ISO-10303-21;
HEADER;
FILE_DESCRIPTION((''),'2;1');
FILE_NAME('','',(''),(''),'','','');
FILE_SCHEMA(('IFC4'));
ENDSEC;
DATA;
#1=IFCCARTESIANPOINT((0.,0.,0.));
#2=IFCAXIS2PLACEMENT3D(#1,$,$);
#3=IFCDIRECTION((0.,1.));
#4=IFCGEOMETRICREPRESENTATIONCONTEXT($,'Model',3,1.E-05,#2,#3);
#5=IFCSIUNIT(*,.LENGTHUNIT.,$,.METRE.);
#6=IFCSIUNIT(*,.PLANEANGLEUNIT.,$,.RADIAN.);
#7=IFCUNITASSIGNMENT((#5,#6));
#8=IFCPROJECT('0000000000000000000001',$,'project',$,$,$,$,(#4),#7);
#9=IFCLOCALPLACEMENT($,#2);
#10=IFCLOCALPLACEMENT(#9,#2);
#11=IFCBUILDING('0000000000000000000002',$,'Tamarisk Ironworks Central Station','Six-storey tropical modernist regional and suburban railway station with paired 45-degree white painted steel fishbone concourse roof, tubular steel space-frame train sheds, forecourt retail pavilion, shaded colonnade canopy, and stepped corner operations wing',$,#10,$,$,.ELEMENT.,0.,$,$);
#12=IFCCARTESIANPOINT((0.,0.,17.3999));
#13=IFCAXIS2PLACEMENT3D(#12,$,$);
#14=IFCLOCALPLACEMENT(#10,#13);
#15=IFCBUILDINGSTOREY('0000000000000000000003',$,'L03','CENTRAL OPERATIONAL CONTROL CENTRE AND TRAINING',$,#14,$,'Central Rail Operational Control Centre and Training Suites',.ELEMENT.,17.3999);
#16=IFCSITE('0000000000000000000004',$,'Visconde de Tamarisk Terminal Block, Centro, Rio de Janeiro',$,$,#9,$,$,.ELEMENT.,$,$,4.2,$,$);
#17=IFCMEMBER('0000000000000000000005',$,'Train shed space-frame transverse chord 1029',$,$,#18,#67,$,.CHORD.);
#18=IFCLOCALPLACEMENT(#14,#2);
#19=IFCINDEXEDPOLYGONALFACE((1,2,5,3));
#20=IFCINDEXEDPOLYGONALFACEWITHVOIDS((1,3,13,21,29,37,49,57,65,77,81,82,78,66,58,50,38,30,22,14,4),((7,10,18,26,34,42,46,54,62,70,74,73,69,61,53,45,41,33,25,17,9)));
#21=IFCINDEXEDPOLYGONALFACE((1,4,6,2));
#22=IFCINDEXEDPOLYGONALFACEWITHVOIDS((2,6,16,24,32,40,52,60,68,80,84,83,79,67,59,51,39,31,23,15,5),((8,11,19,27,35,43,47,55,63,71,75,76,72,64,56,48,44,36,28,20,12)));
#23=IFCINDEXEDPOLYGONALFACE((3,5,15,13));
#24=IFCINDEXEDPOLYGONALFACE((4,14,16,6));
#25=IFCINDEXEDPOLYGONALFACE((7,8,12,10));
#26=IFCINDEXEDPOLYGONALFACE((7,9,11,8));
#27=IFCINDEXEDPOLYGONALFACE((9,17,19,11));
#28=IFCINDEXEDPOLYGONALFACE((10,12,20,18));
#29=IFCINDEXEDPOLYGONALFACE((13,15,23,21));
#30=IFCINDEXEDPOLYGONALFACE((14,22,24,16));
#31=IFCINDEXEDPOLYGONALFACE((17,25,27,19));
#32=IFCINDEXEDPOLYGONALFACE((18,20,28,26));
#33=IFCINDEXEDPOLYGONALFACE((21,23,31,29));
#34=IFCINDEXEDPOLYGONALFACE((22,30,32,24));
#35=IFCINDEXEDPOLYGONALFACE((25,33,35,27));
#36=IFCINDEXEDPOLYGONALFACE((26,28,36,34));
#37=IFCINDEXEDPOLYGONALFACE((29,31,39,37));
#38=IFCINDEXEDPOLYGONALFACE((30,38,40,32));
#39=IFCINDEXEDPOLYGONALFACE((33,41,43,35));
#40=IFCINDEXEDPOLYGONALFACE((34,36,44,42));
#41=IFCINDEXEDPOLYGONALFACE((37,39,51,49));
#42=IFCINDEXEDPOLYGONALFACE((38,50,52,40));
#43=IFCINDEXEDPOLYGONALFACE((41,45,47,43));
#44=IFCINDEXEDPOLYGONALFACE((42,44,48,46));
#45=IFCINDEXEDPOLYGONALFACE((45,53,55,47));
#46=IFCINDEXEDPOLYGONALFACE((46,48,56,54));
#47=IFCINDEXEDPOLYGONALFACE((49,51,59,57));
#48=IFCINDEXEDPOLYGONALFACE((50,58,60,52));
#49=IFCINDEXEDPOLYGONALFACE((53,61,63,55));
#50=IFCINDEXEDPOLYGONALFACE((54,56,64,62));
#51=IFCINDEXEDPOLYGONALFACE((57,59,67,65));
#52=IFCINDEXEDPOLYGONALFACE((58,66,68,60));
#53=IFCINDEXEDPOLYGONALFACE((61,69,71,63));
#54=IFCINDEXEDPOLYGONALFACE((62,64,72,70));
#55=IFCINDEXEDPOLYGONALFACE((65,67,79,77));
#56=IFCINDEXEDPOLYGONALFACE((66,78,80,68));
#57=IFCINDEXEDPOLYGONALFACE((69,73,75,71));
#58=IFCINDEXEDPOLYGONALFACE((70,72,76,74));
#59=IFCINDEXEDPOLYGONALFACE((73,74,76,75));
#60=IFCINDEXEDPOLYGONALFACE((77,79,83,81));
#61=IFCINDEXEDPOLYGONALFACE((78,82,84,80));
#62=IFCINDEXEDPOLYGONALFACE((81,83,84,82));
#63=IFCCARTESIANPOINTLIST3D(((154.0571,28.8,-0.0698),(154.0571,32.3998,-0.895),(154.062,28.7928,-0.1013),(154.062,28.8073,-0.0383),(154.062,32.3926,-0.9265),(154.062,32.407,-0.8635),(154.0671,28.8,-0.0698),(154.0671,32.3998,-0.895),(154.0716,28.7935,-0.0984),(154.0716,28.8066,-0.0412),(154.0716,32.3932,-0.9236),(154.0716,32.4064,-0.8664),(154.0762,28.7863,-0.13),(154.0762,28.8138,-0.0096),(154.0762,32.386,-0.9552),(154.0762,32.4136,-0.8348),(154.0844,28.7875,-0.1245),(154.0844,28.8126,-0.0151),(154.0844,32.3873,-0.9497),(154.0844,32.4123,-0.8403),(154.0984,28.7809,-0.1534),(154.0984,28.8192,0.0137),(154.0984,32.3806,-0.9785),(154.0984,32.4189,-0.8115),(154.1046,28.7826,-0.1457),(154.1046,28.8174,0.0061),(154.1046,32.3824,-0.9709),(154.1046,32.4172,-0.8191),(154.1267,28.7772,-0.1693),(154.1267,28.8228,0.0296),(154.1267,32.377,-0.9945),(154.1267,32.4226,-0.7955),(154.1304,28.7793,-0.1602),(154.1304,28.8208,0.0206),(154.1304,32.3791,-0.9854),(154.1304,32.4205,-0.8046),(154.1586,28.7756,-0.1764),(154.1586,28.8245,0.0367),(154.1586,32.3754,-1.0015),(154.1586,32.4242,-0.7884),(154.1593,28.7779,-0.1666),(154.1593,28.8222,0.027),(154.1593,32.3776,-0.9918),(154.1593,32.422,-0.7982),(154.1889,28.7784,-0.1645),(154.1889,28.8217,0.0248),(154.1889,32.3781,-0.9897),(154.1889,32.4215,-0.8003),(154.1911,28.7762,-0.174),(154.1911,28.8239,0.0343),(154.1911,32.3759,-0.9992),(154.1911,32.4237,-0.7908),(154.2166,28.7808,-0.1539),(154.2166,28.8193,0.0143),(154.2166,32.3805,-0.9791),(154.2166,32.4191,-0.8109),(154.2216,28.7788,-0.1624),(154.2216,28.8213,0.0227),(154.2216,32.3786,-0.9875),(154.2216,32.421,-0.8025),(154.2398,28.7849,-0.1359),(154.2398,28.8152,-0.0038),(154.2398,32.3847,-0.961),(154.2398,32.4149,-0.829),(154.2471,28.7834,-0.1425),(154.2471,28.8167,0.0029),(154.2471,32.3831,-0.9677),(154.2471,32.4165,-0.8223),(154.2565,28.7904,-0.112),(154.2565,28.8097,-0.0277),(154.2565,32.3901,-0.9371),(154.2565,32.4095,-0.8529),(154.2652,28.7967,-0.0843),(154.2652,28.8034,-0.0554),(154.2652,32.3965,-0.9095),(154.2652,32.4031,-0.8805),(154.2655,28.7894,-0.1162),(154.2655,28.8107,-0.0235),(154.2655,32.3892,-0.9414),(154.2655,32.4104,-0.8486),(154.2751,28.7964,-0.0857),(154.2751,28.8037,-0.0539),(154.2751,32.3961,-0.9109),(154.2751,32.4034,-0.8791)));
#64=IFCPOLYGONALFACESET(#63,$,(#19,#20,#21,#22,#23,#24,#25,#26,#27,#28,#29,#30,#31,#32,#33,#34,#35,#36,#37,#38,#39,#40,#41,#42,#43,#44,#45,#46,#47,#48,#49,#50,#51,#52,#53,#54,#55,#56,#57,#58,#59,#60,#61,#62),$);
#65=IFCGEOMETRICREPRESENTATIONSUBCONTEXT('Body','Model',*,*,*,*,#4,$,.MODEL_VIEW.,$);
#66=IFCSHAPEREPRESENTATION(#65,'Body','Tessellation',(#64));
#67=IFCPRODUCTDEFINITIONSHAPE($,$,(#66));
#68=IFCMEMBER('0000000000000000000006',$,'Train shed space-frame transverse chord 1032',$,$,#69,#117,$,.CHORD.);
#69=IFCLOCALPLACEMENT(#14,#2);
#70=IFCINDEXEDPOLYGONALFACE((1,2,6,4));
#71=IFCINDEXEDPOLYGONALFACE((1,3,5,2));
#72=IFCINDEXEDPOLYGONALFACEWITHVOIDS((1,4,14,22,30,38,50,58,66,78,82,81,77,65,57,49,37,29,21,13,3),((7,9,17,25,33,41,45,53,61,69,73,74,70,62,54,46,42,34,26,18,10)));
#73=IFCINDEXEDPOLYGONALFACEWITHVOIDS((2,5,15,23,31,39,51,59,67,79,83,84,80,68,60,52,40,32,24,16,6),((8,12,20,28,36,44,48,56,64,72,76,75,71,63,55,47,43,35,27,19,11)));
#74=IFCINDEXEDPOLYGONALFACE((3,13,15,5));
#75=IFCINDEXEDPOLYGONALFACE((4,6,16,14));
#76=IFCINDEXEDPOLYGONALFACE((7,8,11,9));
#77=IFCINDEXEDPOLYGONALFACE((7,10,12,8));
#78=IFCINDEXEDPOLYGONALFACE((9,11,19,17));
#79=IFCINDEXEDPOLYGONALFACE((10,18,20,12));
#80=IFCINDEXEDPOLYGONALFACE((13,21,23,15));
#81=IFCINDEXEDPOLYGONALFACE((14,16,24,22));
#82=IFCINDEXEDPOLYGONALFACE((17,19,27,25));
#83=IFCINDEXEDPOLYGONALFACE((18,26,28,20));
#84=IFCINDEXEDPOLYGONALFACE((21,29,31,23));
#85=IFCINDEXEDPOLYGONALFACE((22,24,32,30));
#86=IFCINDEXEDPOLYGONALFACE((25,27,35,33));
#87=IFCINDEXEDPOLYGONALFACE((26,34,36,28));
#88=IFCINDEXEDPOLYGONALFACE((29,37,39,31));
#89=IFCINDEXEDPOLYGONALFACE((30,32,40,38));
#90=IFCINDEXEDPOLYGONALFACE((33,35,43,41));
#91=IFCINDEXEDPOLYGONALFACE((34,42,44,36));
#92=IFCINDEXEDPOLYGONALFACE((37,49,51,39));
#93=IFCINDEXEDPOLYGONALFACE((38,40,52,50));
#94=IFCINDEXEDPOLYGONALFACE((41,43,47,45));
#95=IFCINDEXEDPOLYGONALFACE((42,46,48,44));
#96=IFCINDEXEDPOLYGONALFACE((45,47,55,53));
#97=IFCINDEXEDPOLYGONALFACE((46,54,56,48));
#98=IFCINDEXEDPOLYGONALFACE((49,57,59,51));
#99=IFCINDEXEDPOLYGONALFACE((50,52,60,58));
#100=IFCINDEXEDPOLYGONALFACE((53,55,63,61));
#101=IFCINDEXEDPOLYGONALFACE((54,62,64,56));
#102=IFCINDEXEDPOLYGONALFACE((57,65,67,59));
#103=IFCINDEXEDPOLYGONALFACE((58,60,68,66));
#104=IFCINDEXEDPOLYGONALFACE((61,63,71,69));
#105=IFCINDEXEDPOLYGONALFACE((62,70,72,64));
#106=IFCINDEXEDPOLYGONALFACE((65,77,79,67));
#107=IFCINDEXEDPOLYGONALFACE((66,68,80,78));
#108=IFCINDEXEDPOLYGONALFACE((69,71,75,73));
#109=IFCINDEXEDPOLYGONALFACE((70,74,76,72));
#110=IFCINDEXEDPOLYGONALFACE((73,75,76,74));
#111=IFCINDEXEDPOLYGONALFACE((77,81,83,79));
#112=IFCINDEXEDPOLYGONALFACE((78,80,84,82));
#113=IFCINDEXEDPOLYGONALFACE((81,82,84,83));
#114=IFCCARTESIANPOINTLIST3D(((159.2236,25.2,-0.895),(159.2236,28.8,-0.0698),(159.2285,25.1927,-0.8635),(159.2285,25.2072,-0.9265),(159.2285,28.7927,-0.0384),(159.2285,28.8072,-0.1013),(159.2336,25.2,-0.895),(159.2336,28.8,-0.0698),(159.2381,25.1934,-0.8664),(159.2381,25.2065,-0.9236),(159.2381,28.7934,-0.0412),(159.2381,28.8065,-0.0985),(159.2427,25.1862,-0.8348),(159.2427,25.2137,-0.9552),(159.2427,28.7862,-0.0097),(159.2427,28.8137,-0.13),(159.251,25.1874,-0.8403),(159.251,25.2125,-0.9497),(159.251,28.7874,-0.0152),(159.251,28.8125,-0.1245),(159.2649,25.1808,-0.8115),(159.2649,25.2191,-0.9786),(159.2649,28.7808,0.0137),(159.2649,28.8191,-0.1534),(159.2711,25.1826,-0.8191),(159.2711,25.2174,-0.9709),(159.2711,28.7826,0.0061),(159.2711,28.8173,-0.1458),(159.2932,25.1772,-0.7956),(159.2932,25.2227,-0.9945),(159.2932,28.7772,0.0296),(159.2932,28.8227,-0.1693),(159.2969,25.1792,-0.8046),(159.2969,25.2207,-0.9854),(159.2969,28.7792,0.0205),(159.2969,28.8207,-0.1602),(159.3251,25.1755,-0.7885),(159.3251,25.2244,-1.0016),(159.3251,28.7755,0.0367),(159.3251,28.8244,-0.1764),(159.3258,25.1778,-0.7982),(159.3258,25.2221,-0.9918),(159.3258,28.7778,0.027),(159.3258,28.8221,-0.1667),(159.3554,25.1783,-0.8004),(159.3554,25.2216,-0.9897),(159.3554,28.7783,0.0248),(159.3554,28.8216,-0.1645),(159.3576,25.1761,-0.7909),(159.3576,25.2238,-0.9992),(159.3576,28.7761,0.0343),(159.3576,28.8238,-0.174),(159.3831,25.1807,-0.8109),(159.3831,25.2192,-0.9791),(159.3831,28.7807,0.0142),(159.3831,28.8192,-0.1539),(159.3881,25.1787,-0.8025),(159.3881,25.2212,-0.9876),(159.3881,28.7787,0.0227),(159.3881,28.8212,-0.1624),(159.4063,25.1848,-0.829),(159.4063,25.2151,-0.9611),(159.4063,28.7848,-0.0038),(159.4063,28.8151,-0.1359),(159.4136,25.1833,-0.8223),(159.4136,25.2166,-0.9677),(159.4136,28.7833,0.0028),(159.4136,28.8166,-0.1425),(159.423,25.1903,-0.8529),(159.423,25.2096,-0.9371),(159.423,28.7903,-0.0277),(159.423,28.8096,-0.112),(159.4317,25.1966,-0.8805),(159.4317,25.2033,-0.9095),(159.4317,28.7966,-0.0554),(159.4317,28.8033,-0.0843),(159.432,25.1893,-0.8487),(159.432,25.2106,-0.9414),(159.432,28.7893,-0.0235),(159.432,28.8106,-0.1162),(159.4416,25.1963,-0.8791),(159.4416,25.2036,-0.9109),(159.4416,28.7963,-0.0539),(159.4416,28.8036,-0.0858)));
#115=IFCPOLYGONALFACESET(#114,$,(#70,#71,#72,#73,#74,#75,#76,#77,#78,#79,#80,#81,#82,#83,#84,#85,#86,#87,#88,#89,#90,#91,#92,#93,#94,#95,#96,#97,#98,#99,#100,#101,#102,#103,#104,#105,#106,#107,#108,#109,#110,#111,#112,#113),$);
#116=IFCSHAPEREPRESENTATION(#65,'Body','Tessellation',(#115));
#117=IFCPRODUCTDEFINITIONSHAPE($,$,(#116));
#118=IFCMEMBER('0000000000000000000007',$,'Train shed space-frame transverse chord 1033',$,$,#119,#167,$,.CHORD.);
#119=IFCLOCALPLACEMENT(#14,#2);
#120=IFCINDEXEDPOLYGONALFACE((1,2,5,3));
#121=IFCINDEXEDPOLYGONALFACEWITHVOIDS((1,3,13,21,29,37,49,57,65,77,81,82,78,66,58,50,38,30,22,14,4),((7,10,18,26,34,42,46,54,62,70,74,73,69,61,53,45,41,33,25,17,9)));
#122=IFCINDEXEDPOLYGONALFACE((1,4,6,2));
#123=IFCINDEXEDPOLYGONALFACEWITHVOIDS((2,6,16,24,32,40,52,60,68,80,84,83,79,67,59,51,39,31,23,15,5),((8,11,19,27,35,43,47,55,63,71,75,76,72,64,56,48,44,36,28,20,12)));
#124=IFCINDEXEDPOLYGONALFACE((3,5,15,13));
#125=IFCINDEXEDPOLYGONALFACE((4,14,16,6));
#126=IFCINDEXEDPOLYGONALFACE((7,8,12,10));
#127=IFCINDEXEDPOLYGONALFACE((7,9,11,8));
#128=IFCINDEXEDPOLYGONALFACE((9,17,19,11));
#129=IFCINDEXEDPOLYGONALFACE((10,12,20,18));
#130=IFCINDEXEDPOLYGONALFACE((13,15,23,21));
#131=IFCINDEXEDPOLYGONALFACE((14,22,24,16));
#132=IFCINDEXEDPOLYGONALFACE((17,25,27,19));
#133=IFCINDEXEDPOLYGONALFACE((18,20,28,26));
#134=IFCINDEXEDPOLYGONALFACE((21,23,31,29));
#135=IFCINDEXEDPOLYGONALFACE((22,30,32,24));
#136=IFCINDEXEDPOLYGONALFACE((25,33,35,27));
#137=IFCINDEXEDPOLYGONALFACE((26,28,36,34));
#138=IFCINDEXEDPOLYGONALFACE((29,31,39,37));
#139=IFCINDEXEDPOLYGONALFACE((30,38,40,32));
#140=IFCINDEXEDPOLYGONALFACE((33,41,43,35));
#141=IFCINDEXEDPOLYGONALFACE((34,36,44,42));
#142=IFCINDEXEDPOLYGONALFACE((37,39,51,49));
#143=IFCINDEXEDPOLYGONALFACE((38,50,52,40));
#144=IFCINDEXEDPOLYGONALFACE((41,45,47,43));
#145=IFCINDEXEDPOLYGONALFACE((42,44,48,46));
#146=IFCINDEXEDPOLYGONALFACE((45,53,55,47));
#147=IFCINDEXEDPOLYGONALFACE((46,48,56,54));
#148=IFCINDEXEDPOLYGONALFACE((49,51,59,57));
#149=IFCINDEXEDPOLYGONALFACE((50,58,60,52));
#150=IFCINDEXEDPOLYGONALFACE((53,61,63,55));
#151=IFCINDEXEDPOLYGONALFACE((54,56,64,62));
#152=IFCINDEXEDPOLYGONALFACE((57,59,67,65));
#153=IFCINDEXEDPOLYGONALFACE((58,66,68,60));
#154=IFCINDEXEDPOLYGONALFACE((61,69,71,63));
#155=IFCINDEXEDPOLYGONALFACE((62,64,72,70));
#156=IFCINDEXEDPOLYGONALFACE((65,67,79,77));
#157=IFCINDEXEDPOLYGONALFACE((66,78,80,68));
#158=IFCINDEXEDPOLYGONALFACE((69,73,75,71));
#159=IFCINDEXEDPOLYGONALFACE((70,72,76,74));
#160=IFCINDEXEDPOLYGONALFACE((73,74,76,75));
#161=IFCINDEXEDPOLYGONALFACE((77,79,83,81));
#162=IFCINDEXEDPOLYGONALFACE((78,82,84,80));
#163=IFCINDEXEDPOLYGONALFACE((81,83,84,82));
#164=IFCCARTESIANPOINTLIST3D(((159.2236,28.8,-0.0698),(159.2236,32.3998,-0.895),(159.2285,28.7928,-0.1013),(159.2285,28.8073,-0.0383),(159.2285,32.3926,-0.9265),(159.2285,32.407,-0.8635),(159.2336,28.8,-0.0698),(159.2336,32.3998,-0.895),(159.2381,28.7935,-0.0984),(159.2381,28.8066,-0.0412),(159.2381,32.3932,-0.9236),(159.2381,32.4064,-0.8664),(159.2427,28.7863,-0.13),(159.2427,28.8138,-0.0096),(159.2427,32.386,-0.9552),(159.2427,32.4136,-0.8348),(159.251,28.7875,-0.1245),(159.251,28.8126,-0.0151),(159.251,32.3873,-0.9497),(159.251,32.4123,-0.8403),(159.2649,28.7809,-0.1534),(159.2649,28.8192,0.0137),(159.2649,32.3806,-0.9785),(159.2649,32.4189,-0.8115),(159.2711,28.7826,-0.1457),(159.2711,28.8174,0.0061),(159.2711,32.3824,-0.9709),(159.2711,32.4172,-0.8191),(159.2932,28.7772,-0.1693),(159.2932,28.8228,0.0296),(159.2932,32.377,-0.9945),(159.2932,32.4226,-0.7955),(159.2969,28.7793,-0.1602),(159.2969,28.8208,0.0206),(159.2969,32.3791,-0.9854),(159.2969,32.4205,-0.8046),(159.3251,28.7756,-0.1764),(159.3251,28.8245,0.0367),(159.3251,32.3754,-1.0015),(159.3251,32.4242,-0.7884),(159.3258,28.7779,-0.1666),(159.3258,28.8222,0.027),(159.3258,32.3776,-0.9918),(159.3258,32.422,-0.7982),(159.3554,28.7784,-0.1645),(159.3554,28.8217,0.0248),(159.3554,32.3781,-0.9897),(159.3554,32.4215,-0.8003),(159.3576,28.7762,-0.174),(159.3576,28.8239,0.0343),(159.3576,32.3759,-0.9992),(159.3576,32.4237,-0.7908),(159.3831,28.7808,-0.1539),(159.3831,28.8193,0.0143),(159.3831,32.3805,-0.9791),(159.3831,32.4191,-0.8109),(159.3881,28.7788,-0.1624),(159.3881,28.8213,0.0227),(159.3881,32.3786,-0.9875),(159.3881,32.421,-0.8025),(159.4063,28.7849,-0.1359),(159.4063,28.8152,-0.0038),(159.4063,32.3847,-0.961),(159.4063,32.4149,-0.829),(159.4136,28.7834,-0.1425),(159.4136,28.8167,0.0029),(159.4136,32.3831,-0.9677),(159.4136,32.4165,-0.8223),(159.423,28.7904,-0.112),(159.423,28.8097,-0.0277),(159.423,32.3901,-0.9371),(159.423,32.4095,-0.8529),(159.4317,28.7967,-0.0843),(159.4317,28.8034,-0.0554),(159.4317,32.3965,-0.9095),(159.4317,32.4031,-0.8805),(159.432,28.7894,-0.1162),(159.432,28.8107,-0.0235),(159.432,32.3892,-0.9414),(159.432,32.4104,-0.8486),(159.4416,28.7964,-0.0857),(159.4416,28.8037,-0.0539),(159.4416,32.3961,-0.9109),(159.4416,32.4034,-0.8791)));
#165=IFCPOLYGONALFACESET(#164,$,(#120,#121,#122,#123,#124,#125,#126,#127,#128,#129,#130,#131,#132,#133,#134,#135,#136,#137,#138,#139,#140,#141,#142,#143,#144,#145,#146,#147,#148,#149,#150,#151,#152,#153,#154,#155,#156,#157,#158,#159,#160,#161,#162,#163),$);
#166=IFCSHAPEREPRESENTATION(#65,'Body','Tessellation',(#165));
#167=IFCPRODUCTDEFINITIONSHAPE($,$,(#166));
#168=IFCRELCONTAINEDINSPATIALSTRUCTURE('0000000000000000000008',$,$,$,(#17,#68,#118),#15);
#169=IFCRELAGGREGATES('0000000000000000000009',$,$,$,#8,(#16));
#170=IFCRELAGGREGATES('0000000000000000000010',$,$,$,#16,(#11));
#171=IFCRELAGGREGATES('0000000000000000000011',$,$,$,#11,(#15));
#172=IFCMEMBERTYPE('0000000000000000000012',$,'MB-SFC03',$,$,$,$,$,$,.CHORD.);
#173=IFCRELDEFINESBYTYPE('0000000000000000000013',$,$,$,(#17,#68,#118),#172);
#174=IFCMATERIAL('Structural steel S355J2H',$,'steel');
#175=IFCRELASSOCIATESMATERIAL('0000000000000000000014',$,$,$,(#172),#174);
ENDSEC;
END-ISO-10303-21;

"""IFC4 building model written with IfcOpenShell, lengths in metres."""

from ifc_helpers import new_model, si_unit, direction, frame, origin, origin_2d, place, context, subcontext, project, spatial, hollow_circle, extrude, material, material_profile, profile_set, type_object, element, save


model = new_model("IFC4")

# Units and contexts
model_context = context("Model", 3, precision=1e-05, world=origin(), true_north=direction((0.0, 1.0)))
body_context = subcontext(model_context, "Body", "Model", "MODEL_VIEW")
ifc_project = project(units=[si_unit("LENGTHUNIT", "METRE"), si_unit("PLANEANGLEUNIT", "RADIAN")], contexts=[model_context])

# Site, building, storey
site_placement = place(None, origin())
site = spatial("IfcSite", under=ifc_project, at=site_placement, Name="Visconde de Tamarisk Terminal Block, Centro, Rio de Janeiro", CompositionType="ELEMENT", RefElevation=4.2)
building_placement = place(site_placement, origin())
building = spatial("IfcBuilding", under=site, at=building_placement, Name="Tamarisk Ironworks Central Station", Description="Six-storey tropical modernist regional and suburban railway station with paired 45-degree white painted steel fishbone concourse roof, tubular steel space-frame train sheds, forecourt retail pavilion, shaded colonnade canopy, and stepped corner operations wing", CompositionType="ELEMENT", ElevationOfRefHeight=0.0)
storey_placement = place(building_placement, frame((0.0, 0.0, 17.3999)))
storey = spatial("IfcBuildingStorey", under=building, at=storey_placement, Name="L03", Description="CENTRAL OPERATIONAL CONTROL CENTRE AND TRAINING", LongName="Central Rail Operational Control Centre and Training Suites", CompositionType="ELEMENT", Elevation=17.3999)

# Members
ifc_material = material(Name="Structural steel S355J2H", Category="steel")
ifc_material_profile_1 = material_profile(ifc_material, hollow_circle(Radius=0.1096, WallThickness=0.01, at=origin_2d()), Name="CHS 219.1x10")
ifc_profile_set_1 = profile_set([ifc_material_profile_1], Name="Structural steel S355J2H")
member_type_1 = type_object("IfcMemberType", Name="MB-SFC03", PredefinedType="CHORD", material=ifc_profile_set_1)
member_1_placement = place(storey_placement, frame((154.1667, 28.8, -0.0698), z_axis=(0.0, 0.974719, -0.223435), x_axis=(-1.0, 0.0, 0.0)))
element("IfcMember", 1, at=member_1_placement, inside=storey, type_object=member_type_1, Name="Train shed space-frame transverse chord 1029", PredefinedType="CHORD", context=body_context, shape_type="SweptSolid", body=[
    extrude(hollow_circle(Radius=0.1096, WallThickness=0.01, at=origin_2d()), origin(), (0.0, 0.0, 1.0), 3.6931),
])
member_2_placement = place(storey_placement, frame((159.3333, 25.2, -0.895), z_axis=(0.0, 0.974722, 0.223421), x_axis=(-1.0, 0.0, 0.0)))
element("IfcMember", 2, at=member_2_placement, inside=storey, type_object=member_type_1, Name="Train shed space-frame transverse chord 1032", PredefinedType="CHORD", context=body_context, shape_type="SweptSolid", body=[
    extrude(hollow_circle(Radius=0.1096, WallThickness=0.01, at=origin_2d()), origin(), (0.0, 0.0, 1.0), 3.6934),
])
member_3_placement = place(storey_placement, frame((159.3333, 28.8, -0.0698), z_axis=(0.0, 0.974719, -0.223435), x_axis=(-1.0, 0.0, 0.0)))
element("IfcMember", 3, at=member_3_placement, inside=storey, type_object=member_type_1, Name="Train shed space-frame transverse chord 1033", PredefinedType="CHORD", context=body_context, shape_type="SweptSolid", body=[
    extrude(hollow_circle(Radius=0.1096, WallThickness=0.01, at=origin_2d()), origin(), (0.0, 0.0, 1.0), 3.6931),
])

save(model, "model.ifc")
